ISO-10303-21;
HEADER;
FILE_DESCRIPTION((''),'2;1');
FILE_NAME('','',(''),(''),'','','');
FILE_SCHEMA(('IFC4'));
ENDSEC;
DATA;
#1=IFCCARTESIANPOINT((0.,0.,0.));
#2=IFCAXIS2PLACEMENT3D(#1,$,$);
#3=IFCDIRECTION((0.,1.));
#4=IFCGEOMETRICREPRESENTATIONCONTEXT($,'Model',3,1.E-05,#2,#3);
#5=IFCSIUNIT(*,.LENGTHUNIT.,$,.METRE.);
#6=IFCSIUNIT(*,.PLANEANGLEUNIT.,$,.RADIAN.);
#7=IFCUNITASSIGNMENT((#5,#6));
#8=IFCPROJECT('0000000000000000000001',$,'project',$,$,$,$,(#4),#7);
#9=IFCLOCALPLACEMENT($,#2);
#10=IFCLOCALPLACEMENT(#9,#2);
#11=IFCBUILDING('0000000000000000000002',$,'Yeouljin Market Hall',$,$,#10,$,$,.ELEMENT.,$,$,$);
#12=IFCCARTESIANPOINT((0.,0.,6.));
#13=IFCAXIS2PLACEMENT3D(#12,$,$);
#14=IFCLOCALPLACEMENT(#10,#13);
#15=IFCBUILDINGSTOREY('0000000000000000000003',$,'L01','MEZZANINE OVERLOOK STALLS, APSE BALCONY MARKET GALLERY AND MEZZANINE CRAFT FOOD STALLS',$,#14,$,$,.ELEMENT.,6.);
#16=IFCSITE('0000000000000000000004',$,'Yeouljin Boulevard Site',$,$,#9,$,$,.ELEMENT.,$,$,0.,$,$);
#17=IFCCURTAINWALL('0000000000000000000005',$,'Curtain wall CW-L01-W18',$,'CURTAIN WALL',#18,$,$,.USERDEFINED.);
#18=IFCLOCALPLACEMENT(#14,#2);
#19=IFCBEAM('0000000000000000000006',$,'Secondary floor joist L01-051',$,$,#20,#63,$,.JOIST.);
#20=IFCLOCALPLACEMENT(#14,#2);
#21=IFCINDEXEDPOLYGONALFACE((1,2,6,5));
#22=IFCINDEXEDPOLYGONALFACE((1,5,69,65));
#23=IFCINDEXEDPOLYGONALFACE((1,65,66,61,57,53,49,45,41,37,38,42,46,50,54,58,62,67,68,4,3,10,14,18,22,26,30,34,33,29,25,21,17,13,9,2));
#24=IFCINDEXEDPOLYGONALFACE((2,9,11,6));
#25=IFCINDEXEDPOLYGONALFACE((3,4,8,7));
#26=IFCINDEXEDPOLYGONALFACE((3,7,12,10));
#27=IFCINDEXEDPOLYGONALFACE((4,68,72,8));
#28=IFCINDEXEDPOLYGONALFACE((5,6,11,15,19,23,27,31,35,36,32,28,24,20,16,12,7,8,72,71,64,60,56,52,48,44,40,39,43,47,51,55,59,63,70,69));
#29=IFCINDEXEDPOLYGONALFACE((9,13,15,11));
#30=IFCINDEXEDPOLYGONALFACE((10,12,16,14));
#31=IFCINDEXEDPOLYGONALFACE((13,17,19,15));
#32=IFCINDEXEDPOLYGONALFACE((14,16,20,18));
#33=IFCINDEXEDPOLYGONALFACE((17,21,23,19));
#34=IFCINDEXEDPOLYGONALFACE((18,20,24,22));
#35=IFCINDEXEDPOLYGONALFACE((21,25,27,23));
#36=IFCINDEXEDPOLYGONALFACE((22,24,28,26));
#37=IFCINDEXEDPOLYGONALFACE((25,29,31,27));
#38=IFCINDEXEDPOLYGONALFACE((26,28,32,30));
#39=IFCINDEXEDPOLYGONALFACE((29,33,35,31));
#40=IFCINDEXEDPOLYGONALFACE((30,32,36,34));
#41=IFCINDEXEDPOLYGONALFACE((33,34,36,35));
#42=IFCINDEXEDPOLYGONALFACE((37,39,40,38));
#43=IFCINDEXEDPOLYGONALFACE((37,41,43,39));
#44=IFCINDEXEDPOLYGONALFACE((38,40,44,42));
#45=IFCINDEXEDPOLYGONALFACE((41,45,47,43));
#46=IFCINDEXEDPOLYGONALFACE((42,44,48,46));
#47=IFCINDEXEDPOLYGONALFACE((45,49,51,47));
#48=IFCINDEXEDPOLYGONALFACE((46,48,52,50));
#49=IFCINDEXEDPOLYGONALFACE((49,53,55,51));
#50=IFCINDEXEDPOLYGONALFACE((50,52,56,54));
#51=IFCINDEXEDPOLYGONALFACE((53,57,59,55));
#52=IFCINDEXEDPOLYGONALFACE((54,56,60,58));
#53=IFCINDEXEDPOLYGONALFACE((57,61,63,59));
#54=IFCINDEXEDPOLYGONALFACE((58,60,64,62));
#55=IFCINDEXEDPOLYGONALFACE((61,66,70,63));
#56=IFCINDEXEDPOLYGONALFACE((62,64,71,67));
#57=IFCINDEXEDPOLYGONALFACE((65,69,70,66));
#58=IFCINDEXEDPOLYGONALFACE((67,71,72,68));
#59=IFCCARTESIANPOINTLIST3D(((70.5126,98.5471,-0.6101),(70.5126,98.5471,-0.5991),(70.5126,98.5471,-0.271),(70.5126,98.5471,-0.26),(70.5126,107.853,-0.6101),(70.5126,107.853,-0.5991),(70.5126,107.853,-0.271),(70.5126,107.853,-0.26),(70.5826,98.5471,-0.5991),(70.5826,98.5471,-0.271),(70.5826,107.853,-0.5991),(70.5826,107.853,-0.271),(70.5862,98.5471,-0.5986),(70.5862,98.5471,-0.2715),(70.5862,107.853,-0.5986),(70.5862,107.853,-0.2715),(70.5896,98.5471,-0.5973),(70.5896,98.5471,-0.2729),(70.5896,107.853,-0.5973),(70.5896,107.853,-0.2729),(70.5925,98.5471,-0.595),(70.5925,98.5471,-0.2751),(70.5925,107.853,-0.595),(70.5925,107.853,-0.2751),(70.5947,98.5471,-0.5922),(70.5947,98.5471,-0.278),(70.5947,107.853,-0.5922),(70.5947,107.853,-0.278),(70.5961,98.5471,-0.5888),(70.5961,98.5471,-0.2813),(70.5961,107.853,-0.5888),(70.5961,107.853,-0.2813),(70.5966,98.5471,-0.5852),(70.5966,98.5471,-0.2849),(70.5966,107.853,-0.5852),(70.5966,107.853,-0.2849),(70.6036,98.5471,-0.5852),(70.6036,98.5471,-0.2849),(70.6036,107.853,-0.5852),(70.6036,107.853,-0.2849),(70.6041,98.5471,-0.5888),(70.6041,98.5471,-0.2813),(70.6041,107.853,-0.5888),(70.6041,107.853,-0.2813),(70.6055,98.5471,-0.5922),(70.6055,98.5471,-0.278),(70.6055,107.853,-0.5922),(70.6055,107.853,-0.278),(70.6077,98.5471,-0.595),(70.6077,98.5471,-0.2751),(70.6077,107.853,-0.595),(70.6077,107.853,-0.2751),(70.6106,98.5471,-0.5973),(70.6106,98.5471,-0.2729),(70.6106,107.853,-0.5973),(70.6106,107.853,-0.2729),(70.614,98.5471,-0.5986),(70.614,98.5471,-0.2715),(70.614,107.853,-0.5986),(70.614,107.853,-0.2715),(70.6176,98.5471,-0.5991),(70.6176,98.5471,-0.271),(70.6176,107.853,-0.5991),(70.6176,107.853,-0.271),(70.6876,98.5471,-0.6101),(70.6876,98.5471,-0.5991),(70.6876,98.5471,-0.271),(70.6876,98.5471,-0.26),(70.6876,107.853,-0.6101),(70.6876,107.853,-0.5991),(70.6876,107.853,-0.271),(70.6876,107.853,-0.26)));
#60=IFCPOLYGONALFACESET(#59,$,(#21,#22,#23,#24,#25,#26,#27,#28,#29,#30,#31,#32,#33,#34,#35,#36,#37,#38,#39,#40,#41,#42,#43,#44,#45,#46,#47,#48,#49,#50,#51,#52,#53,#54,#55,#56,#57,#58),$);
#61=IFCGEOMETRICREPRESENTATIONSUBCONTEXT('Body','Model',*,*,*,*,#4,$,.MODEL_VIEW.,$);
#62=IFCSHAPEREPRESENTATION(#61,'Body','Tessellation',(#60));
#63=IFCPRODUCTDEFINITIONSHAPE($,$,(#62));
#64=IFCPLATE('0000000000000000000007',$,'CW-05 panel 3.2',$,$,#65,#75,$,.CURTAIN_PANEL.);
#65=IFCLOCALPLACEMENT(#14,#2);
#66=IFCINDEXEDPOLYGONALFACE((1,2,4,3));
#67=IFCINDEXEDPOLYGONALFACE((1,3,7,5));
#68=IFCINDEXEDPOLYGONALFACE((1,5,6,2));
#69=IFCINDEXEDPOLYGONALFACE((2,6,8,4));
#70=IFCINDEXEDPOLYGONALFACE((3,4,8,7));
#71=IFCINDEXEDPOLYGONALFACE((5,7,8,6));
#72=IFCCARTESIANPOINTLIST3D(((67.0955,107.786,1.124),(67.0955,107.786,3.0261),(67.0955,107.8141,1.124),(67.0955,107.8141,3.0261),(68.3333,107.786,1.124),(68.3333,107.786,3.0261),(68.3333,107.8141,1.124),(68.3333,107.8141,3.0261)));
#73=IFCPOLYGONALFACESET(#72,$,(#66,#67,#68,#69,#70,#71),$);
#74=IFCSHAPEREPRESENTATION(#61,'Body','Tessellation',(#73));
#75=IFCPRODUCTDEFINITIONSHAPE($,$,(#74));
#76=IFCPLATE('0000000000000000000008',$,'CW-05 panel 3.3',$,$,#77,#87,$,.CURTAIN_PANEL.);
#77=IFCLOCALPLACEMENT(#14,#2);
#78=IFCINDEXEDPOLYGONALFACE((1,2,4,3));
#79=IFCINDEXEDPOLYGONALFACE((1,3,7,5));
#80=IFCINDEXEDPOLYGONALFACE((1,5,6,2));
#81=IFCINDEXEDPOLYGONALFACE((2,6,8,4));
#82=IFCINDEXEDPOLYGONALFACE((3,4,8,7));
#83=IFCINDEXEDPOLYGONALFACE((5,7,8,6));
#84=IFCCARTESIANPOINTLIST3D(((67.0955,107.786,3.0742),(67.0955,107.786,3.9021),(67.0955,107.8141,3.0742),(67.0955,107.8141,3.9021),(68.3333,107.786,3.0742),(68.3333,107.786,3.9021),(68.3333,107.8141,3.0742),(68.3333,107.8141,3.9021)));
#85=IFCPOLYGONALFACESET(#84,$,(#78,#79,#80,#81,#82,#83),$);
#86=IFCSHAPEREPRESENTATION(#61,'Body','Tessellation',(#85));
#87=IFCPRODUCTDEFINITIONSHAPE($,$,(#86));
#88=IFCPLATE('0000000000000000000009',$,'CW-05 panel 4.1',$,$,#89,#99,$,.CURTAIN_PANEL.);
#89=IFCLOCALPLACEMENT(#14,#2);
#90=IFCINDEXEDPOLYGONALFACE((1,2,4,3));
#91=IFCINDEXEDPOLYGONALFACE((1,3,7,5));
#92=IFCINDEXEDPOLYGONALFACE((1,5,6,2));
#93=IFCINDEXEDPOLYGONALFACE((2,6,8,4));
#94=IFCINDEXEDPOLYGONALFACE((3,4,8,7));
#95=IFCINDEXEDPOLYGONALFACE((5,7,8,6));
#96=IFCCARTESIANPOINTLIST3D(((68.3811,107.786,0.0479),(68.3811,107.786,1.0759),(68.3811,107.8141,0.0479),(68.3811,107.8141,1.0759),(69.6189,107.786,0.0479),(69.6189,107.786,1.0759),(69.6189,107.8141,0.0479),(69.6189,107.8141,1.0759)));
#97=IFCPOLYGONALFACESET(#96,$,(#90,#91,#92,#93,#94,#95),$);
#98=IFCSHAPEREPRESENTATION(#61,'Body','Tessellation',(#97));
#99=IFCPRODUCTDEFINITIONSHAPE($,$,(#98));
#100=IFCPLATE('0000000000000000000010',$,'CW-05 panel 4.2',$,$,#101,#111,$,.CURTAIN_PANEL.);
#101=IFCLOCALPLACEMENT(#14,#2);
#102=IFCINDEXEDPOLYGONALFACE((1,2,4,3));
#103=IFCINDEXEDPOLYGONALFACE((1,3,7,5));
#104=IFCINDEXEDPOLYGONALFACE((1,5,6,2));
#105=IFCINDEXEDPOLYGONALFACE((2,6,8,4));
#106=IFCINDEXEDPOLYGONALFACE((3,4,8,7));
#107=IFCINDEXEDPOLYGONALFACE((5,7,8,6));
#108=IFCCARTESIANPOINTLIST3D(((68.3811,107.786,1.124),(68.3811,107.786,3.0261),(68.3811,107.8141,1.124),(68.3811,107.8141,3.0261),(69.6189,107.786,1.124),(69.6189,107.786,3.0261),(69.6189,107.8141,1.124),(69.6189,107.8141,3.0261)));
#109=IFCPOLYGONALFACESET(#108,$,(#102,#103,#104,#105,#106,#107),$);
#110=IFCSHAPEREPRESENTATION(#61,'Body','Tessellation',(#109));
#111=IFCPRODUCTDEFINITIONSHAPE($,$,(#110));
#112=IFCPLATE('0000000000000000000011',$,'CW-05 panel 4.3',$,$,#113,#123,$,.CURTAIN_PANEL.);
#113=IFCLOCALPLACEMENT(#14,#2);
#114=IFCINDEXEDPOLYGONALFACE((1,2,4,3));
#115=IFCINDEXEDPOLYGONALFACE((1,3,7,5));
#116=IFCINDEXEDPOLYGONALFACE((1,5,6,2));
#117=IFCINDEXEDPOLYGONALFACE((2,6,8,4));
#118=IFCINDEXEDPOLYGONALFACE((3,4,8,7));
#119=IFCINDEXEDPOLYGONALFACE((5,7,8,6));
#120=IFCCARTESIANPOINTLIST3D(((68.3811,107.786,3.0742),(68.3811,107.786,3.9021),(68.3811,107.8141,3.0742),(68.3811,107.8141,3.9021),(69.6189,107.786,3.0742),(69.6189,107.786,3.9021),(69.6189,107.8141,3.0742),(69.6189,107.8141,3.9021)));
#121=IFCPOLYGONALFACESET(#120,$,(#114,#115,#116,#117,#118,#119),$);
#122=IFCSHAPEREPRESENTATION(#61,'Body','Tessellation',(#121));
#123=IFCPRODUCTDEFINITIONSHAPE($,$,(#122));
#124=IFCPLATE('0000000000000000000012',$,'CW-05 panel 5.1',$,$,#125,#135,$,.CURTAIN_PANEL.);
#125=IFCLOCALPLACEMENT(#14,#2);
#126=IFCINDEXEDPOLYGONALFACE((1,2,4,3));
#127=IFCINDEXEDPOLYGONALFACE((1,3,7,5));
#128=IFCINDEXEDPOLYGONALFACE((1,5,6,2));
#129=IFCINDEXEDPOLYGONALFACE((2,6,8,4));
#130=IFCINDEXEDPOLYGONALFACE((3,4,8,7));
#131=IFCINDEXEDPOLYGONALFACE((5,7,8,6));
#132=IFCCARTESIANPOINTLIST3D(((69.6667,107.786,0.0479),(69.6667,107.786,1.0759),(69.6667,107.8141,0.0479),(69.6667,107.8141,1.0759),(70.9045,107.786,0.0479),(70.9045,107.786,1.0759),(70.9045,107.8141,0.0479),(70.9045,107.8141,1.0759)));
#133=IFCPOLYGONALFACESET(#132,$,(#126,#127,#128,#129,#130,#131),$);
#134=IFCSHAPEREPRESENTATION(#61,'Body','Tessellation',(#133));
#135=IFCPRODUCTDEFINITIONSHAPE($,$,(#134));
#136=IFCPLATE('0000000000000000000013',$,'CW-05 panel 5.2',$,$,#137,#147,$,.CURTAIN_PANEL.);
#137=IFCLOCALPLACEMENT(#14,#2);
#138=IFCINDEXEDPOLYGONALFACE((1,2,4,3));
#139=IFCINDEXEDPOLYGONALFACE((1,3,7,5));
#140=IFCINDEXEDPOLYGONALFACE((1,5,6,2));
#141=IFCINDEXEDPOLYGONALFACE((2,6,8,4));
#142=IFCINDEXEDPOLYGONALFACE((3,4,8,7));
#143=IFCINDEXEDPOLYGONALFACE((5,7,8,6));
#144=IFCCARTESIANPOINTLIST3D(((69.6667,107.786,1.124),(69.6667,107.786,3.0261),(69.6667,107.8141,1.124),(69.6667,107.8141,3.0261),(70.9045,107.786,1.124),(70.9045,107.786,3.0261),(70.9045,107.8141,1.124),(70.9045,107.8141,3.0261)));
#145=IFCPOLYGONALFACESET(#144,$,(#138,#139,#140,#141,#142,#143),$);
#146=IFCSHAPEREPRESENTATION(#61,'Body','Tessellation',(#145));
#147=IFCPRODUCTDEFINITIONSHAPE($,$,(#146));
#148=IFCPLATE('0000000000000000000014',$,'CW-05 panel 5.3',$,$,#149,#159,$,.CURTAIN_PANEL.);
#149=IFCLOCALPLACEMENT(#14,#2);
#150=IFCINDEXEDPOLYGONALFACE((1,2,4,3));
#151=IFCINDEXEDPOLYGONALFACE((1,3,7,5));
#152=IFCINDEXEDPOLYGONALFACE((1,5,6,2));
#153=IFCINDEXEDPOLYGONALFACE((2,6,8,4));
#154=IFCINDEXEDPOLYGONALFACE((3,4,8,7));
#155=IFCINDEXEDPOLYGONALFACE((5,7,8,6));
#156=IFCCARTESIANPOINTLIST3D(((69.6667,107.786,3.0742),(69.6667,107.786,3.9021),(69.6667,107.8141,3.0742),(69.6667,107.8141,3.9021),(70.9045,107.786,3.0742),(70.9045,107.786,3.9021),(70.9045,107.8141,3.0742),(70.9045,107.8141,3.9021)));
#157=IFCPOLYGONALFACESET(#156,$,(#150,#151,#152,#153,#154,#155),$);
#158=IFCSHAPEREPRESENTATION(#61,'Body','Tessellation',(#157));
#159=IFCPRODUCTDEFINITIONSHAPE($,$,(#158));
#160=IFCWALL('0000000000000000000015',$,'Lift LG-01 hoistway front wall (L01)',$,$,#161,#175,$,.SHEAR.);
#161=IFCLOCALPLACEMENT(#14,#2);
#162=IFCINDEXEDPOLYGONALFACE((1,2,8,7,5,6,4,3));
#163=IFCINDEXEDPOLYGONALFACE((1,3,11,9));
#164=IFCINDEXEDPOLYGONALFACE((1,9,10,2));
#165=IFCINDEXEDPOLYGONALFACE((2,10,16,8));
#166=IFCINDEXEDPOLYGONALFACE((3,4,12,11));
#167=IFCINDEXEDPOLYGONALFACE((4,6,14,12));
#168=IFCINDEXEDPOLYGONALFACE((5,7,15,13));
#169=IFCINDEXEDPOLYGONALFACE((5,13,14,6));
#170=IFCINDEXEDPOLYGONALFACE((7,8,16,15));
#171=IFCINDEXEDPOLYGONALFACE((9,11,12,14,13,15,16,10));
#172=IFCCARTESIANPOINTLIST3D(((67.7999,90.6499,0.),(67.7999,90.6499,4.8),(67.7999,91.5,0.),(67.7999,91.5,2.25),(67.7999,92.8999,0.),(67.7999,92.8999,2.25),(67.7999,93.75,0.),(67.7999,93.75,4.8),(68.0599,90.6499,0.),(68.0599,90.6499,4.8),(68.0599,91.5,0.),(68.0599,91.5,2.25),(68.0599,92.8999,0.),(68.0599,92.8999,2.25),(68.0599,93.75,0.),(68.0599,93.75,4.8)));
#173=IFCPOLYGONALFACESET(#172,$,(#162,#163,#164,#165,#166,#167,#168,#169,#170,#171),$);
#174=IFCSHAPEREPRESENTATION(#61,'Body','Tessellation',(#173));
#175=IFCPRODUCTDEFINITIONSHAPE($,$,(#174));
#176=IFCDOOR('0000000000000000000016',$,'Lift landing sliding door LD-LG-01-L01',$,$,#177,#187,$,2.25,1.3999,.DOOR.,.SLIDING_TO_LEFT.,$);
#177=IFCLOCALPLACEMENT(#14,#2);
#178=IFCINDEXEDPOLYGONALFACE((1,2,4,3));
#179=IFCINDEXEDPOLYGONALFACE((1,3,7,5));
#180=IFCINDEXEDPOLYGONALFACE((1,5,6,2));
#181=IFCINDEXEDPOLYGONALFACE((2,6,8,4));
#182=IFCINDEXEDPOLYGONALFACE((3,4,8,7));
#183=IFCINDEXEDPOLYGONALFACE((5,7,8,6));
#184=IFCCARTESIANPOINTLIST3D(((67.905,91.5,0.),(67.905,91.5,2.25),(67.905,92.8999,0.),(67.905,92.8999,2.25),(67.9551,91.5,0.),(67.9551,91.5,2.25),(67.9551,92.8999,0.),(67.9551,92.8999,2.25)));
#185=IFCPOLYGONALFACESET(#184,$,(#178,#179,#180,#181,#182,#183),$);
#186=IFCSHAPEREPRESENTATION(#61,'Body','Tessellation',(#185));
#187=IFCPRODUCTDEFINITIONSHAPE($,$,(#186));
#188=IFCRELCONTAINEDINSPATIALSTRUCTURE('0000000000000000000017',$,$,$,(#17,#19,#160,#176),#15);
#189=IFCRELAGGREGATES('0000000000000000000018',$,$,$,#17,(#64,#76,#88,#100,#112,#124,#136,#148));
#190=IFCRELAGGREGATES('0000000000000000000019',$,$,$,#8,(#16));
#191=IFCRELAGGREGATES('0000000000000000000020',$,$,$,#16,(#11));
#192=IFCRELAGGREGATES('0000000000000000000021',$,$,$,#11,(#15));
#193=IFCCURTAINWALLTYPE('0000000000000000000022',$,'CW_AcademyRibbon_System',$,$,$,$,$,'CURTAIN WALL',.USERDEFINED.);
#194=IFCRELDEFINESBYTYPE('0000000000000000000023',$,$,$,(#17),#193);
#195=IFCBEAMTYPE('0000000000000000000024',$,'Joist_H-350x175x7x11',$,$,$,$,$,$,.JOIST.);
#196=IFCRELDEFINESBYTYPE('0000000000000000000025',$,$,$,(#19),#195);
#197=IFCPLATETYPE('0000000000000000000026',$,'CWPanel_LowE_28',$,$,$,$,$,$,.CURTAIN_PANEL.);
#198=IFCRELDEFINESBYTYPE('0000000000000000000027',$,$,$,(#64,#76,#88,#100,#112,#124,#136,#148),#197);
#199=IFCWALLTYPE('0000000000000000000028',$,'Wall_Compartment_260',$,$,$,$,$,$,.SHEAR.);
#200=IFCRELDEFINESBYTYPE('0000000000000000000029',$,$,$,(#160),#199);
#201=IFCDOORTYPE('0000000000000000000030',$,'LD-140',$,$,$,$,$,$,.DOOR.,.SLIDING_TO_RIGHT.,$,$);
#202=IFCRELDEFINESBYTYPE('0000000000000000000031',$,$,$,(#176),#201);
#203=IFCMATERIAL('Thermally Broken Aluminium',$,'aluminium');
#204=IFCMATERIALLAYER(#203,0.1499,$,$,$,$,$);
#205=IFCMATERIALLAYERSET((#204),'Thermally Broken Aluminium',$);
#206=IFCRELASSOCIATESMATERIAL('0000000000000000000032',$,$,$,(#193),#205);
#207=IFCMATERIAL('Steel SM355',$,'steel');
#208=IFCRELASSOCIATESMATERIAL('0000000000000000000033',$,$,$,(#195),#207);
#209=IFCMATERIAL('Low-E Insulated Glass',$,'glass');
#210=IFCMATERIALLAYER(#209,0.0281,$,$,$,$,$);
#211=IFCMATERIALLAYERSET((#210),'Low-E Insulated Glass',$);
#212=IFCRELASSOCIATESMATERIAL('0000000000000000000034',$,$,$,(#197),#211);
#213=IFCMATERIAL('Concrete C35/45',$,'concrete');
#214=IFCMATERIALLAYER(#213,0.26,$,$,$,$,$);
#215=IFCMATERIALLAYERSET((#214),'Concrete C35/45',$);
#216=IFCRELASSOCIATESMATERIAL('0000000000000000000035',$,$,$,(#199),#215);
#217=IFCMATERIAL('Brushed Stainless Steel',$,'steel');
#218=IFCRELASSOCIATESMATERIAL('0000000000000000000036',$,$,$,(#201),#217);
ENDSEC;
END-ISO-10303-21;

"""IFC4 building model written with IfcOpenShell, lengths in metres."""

from ifc_helpers import new_model, si_unit, direction, frame, frame_2d, origin, origin_2d, place, context, subcontext, project, spatial, rectangle, i_section, extrude, material, layer, layer_set, material_profile, profile_set, type_object, element, fill, aggregate, save


model = new_model("IFC4")

# Units and contexts
model_context = context("Model", 3, precision=1e-05, world=origin(), true_north=direction((0.0, 1.0)))
body_context = subcontext(model_context, "Body", "Model", "MODEL_VIEW")
ifc_project = project(units=[si_unit("LENGTHUNIT", "METRE"), si_unit("PLANEANGLEUNIT", "RADIAN")], contexts=[model_context])

# Site, building, storey
site_placement = place(None, origin())
site = spatial("IfcSite", under=ifc_project, at=site_placement, Name="Yeouljin Boulevard Site", CompositionType="ELEMENT", RefElevation=0.0)
building_placement = place(site_placement, origin())
building = spatial("IfcBuilding", under=site, at=building_placement, Name="Yeouljin Market Hall", CompositionType="ELEMENT")
storey_placement = place(building_placement, frame((0.0, 0.0, 6.0)))
storey = spatial("IfcBuildingStorey", under=building, at=storey_placement, Name="L01", Description="MEZZANINE OVERLOOK STALLS, APSE BALCONY MARKET GALLERY AND MEZZANINE CRAFT FOOD STALLS", CompositionType="ELEMENT", Elevation=6.0)

# Curtain wall
ifc_material_1 = material(Name="Thermally Broken Aluminium", Category="aluminium")
ifc_layer_1 = layer(ifc_material_1, 0.1499)
ifc_layer_set_1 = layer_set([ifc_layer_1], Name="Thermally Broken Aluminium")
curtain_wall_type = type_object("IfcCurtainWallType", Name="CW_AcademyRibbon_System", ElementType="CURTAIN WALL", PredefinedType="USERDEFINED", material=ifc_layer_set_1)
curtain_wall_placement = place(storey_placement, origin())
curtain_wall = element("IfcCurtainWall", 1, at=curtain_wall_placement, inside=storey, type_object=curtain_wall_type, Name="Curtain wall CW-L01-W18", ObjectType="CURTAIN WALL", PredefinedType="USERDEFINED")

# Beam
ifc_material_2 = material(Name="Steel SM355", Category="steel")
ifc_material_profile_1 = material_profile(ifc_material_2, i_section(OverallWidth=0.175, OverallDepth=0.3501, WebThickness=0.0071, FlangeThickness=0.011, FilletRadius=0.0139, at=origin_2d()), Name="H-350x175x7x11")
ifc_profile_set_1 = profile_set([ifc_material_profile_1], Name="Steel SM355")
beam_type = type_object("IfcBeamType", Name="Joist_H-350x175x7x11", PredefinedType="JOIST", material=ifc_profile_set_1)
beam_placement = place(storey_placement, frame((70.6001, 98.5471, -0.4351), z_axis=(0.0, 1.0, 0.0), x_axis=(-1.0, 0.0, 0.0)))
element("IfcBeam", 2, at=beam_placement, inside=storey, type_object=beam_type, Name="Secondary floor joist L01-051", PredefinedType="JOIST", context=body_context, shape_type="SweptSolid", body=[
    extrude(i_section(OverallWidth=0.175, OverallDepth=0.3501, WebThickness=0.0071, FlangeThickness=0.011, FilletRadius=0.0139, at=origin_2d()), origin(), (0.0, 0.0, 1.0), 9.3059),
])

# Plates
ifc_material_3 = material(Name="Low-E Insulated Glass", Category="glass")
ifc_layer_2 = layer(ifc_material_3, 0.0281)
ifc_layer_set_2 = layer_set([ifc_layer_2], Name="Low-E Insulated Glass")
plate_type = type_object("IfcPlateType", Name="CWPanel_LowE_28", PredefinedType="CURTAIN_PANEL", material=ifc_layer_set_2)
plate_1_placement = place(storey_placement, frame((67.7144, 107.8, 1.124), z_axis=(0.0, 0.0, 1.0), x_axis=(1.0, 0.0, 0.0)))
plate_1 = element("IfcPlate", 3, at=plate_1_placement, type_object=plate_type, Name="CW-05 panel 3.2", PredefinedType="CURTAIN_PANEL", context=body_context, shape_type="SweptSolid", body=[
    extrude(rectangle(XDim=1.2378, YDim=0.0281, at=origin_2d()), origin(), (0.0, 0.0, 1.0), 1.9021),
])
plate_2_placement = place(storey_placement, frame((67.7144, 107.8, 3.0742), z_axis=(0.0, 0.0, 1.0), x_axis=(1.0, 0.0, 0.0)))
plate_2 = element("IfcPlate", 4, at=plate_2_placement, type_object=plate_type, Name="CW-05 panel 3.3", PredefinedType="CURTAIN_PANEL", context=body_context, shape_type="SweptSolid", body=[
    extrude(rectangle(XDim=1.2378, YDim=0.0281, at=origin_2d()), origin(), (0.0, 0.0, 1.0), 0.8279),
])
plate_3_placement = place(storey_placement, frame((69.0, 107.8, 0.0479), z_axis=(0.0, 0.0, 1.0), x_axis=(1.0, 0.0, 0.0)))
plate_3 = element("IfcPlate", 5, at=plate_3_placement, type_object=plate_type, Name="CW-05 panel 4.1", PredefinedType="CURTAIN_PANEL", context=body_context, shape_type="SweptSolid", body=[
    extrude(rectangle(XDim=1.2378, YDim=0.0281, at=origin_2d()), origin(), (0.0, 0.0, 1.0), 1.0281),
])
plate_4_placement = place(storey_placement, frame((69.0, 107.8, 1.124), z_axis=(0.0, 0.0, 1.0), x_axis=(1.0, 0.0, 0.0)))
plate_4 = element("IfcPlate", 6, at=plate_4_placement, type_object=plate_type, Name="CW-05 panel 4.2", PredefinedType="CURTAIN_PANEL", context=body_context, shape_type="SweptSolid", body=[
    extrude(rectangle(XDim=1.2378, YDim=0.0281, at=origin_2d()), origin(), (0.0, 0.0, 1.0), 1.9021),
])
plate_5_placement = place(storey_placement, frame((69.0, 107.8, 3.0742), z_axis=(0.0, 0.0, 1.0), x_axis=(1.0, 0.0, 0.0)))
plate_5 = element("IfcPlate", 7, at=plate_5_placement, type_object=plate_type, Name="CW-05 panel 4.3", PredefinedType="CURTAIN_PANEL", context=body_context, shape_type="SweptSolid", body=[
    extrude(rectangle(XDim=1.2378, YDim=0.0281, at=origin_2d()), origin(), (0.0, 0.0, 1.0), 0.8279),
])
plate_6_placement = place(storey_placement, frame((70.2856, 107.8, 0.0479), z_axis=(0.0, 0.0, 1.0), x_axis=(1.0, 0.0, 0.0)))
plate_6 = element("IfcPlate", 8, at=plate_6_placement, type_object=plate_type, Name="CW-05 panel 5.1", PredefinedType="CURTAIN_PANEL", context=body_context, shape_type="SweptSolid", body=[
    extrude(rectangle(XDim=1.2378, YDim=0.0281, at=origin_2d()), origin(), (0.0, 0.0, 1.0), 1.0281),
])
plate_7_placement = place(storey_placement, frame((70.2856, 107.8, 1.124), z_axis=(0.0, 0.0, 1.0), x_axis=(1.0, 0.0, 0.0)))
plate_7 = element("IfcPlate", 9, at=plate_7_placement, type_object=plate_type, Name="CW-05 panel 5.2", PredefinedType="CURTAIN_PANEL", context=body_context, shape_type="SweptSolid", body=[
    extrude(rectangle(XDim=1.2378, YDim=0.0281, at=origin_2d()), origin(), (0.0, 0.0, 1.0), 1.9021),
])
plate_8_placement = place(storey_placement, frame((70.2856, 107.8, 3.0742), z_axis=(0.0, 0.0, 1.0), x_axis=(1.0, 0.0, 0.0)))
plate_8 = element("IfcPlate", 10, at=plate_8_placement, type_object=plate_type, Name="CW-05 panel 5.3", PredefinedType="CURTAIN_PANEL", context=body_context, shape_type="SweptSolid", body=[
    extrude(rectangle(XDim=1.2378, YDim=0.0281, at=origin_2d()), origin(), (0.0, 0.0, 1.0), 0.8279),
])
aggregate(curtain_wall, [plate_1, plate_2, plate_3, plate_4, plate_5, plate_6, plate_7, plate_8])

# Wall, opening, door
ifc_material_4 = material(Name="Concrete C35/45", Category="concrete")
ifc_layer_3 = layer(ifc_material_4, 0.26)
ifc_layer_set_3 = layer_set([ifc_layer_3], Name="Concrete C35/45")
wall_type_1 = type_object("IfcWallType", Name="Wall_Compartment_260", PredefinedType="SHEAR", material=ifc_layer_set_3)
wall_1_placement = place(storey_placement, frame((67.9299, 90.6499, 0.0), z_axis=(0.0, 0.0, 1.0), x_axis=(0.0, 1.0, 0.0)))
wall_1 = element("IfcWall", 11, at=wall_1_placement, inside=storey, type_object=wall_type_1, Name="Lift LG-01 hoistway front wall (L01)", PredefinedType="SHEAR", context=body_context, shape_type="SweptSolid", body=[
    extrude(rectangle(XDim=3.1001, YDim=0.26, at=frame_2d((1.55, 0.0))), origin(), (0.0, 0.0, 1.0), 4.8),
])
opening_1_placement = place(wall_1_placement, frame((0.8501, 0.0, 0.0)))
opening_1 = element("IfcOpeningElement", 12, at=opening_1_placement, cuts=wall_1, PredefinedType="OPENING", context=body_context, shape_type="SweptSolid", body=[
    extrude(rectangle(XDim=1.3999, YDim=2.25, at=frame_2d((0.7, 1.125))), frame((0.0, 0.1399, 0.0), z_axis=(0.0, -1.0, 0.0), x_axis=(1.0, 0.0, 0.0)), (0.0, 0.0, 1.0), 0.28),
])
ifc_material_5 = material(Name="Brushed Stainless Steel", Category="steel")
door_type_1 = type_object("IfcDoorType", Name="LD-140", OperationType="SLIDING_TO_RIGHT", PredefinedType="DOOR", material=ifc_material_5)
door_1_placement = place(opening_1_placement, origin())
door_1 = element("IfcDoor", 13, at=door_1_placement, inside=storey, type_object=door_type_1, Name="Lift landing sliding door LD-LG-01-L01", OperationType="SLIDING_TO_LEFT", OverallHeight=2.25, OverallWidth=1.3999, PredefinedType="DOOR", context=body_context, shape_type="SweptSolid", body=[
    extrude(rectangle(XDim=1.3999, YDim=2.25, at=frame_2d((0.7, 1.125))), frame((0.0, 0.0249, 0.0), z_axis=(0.0, -1.0, 0.0), x_axis=(1.0, 0.0, 0.0)), (0.0, 0.0, 1.0), 0.05),
])
fill(opening_1, door_1)

save(model, "model.ifc")
